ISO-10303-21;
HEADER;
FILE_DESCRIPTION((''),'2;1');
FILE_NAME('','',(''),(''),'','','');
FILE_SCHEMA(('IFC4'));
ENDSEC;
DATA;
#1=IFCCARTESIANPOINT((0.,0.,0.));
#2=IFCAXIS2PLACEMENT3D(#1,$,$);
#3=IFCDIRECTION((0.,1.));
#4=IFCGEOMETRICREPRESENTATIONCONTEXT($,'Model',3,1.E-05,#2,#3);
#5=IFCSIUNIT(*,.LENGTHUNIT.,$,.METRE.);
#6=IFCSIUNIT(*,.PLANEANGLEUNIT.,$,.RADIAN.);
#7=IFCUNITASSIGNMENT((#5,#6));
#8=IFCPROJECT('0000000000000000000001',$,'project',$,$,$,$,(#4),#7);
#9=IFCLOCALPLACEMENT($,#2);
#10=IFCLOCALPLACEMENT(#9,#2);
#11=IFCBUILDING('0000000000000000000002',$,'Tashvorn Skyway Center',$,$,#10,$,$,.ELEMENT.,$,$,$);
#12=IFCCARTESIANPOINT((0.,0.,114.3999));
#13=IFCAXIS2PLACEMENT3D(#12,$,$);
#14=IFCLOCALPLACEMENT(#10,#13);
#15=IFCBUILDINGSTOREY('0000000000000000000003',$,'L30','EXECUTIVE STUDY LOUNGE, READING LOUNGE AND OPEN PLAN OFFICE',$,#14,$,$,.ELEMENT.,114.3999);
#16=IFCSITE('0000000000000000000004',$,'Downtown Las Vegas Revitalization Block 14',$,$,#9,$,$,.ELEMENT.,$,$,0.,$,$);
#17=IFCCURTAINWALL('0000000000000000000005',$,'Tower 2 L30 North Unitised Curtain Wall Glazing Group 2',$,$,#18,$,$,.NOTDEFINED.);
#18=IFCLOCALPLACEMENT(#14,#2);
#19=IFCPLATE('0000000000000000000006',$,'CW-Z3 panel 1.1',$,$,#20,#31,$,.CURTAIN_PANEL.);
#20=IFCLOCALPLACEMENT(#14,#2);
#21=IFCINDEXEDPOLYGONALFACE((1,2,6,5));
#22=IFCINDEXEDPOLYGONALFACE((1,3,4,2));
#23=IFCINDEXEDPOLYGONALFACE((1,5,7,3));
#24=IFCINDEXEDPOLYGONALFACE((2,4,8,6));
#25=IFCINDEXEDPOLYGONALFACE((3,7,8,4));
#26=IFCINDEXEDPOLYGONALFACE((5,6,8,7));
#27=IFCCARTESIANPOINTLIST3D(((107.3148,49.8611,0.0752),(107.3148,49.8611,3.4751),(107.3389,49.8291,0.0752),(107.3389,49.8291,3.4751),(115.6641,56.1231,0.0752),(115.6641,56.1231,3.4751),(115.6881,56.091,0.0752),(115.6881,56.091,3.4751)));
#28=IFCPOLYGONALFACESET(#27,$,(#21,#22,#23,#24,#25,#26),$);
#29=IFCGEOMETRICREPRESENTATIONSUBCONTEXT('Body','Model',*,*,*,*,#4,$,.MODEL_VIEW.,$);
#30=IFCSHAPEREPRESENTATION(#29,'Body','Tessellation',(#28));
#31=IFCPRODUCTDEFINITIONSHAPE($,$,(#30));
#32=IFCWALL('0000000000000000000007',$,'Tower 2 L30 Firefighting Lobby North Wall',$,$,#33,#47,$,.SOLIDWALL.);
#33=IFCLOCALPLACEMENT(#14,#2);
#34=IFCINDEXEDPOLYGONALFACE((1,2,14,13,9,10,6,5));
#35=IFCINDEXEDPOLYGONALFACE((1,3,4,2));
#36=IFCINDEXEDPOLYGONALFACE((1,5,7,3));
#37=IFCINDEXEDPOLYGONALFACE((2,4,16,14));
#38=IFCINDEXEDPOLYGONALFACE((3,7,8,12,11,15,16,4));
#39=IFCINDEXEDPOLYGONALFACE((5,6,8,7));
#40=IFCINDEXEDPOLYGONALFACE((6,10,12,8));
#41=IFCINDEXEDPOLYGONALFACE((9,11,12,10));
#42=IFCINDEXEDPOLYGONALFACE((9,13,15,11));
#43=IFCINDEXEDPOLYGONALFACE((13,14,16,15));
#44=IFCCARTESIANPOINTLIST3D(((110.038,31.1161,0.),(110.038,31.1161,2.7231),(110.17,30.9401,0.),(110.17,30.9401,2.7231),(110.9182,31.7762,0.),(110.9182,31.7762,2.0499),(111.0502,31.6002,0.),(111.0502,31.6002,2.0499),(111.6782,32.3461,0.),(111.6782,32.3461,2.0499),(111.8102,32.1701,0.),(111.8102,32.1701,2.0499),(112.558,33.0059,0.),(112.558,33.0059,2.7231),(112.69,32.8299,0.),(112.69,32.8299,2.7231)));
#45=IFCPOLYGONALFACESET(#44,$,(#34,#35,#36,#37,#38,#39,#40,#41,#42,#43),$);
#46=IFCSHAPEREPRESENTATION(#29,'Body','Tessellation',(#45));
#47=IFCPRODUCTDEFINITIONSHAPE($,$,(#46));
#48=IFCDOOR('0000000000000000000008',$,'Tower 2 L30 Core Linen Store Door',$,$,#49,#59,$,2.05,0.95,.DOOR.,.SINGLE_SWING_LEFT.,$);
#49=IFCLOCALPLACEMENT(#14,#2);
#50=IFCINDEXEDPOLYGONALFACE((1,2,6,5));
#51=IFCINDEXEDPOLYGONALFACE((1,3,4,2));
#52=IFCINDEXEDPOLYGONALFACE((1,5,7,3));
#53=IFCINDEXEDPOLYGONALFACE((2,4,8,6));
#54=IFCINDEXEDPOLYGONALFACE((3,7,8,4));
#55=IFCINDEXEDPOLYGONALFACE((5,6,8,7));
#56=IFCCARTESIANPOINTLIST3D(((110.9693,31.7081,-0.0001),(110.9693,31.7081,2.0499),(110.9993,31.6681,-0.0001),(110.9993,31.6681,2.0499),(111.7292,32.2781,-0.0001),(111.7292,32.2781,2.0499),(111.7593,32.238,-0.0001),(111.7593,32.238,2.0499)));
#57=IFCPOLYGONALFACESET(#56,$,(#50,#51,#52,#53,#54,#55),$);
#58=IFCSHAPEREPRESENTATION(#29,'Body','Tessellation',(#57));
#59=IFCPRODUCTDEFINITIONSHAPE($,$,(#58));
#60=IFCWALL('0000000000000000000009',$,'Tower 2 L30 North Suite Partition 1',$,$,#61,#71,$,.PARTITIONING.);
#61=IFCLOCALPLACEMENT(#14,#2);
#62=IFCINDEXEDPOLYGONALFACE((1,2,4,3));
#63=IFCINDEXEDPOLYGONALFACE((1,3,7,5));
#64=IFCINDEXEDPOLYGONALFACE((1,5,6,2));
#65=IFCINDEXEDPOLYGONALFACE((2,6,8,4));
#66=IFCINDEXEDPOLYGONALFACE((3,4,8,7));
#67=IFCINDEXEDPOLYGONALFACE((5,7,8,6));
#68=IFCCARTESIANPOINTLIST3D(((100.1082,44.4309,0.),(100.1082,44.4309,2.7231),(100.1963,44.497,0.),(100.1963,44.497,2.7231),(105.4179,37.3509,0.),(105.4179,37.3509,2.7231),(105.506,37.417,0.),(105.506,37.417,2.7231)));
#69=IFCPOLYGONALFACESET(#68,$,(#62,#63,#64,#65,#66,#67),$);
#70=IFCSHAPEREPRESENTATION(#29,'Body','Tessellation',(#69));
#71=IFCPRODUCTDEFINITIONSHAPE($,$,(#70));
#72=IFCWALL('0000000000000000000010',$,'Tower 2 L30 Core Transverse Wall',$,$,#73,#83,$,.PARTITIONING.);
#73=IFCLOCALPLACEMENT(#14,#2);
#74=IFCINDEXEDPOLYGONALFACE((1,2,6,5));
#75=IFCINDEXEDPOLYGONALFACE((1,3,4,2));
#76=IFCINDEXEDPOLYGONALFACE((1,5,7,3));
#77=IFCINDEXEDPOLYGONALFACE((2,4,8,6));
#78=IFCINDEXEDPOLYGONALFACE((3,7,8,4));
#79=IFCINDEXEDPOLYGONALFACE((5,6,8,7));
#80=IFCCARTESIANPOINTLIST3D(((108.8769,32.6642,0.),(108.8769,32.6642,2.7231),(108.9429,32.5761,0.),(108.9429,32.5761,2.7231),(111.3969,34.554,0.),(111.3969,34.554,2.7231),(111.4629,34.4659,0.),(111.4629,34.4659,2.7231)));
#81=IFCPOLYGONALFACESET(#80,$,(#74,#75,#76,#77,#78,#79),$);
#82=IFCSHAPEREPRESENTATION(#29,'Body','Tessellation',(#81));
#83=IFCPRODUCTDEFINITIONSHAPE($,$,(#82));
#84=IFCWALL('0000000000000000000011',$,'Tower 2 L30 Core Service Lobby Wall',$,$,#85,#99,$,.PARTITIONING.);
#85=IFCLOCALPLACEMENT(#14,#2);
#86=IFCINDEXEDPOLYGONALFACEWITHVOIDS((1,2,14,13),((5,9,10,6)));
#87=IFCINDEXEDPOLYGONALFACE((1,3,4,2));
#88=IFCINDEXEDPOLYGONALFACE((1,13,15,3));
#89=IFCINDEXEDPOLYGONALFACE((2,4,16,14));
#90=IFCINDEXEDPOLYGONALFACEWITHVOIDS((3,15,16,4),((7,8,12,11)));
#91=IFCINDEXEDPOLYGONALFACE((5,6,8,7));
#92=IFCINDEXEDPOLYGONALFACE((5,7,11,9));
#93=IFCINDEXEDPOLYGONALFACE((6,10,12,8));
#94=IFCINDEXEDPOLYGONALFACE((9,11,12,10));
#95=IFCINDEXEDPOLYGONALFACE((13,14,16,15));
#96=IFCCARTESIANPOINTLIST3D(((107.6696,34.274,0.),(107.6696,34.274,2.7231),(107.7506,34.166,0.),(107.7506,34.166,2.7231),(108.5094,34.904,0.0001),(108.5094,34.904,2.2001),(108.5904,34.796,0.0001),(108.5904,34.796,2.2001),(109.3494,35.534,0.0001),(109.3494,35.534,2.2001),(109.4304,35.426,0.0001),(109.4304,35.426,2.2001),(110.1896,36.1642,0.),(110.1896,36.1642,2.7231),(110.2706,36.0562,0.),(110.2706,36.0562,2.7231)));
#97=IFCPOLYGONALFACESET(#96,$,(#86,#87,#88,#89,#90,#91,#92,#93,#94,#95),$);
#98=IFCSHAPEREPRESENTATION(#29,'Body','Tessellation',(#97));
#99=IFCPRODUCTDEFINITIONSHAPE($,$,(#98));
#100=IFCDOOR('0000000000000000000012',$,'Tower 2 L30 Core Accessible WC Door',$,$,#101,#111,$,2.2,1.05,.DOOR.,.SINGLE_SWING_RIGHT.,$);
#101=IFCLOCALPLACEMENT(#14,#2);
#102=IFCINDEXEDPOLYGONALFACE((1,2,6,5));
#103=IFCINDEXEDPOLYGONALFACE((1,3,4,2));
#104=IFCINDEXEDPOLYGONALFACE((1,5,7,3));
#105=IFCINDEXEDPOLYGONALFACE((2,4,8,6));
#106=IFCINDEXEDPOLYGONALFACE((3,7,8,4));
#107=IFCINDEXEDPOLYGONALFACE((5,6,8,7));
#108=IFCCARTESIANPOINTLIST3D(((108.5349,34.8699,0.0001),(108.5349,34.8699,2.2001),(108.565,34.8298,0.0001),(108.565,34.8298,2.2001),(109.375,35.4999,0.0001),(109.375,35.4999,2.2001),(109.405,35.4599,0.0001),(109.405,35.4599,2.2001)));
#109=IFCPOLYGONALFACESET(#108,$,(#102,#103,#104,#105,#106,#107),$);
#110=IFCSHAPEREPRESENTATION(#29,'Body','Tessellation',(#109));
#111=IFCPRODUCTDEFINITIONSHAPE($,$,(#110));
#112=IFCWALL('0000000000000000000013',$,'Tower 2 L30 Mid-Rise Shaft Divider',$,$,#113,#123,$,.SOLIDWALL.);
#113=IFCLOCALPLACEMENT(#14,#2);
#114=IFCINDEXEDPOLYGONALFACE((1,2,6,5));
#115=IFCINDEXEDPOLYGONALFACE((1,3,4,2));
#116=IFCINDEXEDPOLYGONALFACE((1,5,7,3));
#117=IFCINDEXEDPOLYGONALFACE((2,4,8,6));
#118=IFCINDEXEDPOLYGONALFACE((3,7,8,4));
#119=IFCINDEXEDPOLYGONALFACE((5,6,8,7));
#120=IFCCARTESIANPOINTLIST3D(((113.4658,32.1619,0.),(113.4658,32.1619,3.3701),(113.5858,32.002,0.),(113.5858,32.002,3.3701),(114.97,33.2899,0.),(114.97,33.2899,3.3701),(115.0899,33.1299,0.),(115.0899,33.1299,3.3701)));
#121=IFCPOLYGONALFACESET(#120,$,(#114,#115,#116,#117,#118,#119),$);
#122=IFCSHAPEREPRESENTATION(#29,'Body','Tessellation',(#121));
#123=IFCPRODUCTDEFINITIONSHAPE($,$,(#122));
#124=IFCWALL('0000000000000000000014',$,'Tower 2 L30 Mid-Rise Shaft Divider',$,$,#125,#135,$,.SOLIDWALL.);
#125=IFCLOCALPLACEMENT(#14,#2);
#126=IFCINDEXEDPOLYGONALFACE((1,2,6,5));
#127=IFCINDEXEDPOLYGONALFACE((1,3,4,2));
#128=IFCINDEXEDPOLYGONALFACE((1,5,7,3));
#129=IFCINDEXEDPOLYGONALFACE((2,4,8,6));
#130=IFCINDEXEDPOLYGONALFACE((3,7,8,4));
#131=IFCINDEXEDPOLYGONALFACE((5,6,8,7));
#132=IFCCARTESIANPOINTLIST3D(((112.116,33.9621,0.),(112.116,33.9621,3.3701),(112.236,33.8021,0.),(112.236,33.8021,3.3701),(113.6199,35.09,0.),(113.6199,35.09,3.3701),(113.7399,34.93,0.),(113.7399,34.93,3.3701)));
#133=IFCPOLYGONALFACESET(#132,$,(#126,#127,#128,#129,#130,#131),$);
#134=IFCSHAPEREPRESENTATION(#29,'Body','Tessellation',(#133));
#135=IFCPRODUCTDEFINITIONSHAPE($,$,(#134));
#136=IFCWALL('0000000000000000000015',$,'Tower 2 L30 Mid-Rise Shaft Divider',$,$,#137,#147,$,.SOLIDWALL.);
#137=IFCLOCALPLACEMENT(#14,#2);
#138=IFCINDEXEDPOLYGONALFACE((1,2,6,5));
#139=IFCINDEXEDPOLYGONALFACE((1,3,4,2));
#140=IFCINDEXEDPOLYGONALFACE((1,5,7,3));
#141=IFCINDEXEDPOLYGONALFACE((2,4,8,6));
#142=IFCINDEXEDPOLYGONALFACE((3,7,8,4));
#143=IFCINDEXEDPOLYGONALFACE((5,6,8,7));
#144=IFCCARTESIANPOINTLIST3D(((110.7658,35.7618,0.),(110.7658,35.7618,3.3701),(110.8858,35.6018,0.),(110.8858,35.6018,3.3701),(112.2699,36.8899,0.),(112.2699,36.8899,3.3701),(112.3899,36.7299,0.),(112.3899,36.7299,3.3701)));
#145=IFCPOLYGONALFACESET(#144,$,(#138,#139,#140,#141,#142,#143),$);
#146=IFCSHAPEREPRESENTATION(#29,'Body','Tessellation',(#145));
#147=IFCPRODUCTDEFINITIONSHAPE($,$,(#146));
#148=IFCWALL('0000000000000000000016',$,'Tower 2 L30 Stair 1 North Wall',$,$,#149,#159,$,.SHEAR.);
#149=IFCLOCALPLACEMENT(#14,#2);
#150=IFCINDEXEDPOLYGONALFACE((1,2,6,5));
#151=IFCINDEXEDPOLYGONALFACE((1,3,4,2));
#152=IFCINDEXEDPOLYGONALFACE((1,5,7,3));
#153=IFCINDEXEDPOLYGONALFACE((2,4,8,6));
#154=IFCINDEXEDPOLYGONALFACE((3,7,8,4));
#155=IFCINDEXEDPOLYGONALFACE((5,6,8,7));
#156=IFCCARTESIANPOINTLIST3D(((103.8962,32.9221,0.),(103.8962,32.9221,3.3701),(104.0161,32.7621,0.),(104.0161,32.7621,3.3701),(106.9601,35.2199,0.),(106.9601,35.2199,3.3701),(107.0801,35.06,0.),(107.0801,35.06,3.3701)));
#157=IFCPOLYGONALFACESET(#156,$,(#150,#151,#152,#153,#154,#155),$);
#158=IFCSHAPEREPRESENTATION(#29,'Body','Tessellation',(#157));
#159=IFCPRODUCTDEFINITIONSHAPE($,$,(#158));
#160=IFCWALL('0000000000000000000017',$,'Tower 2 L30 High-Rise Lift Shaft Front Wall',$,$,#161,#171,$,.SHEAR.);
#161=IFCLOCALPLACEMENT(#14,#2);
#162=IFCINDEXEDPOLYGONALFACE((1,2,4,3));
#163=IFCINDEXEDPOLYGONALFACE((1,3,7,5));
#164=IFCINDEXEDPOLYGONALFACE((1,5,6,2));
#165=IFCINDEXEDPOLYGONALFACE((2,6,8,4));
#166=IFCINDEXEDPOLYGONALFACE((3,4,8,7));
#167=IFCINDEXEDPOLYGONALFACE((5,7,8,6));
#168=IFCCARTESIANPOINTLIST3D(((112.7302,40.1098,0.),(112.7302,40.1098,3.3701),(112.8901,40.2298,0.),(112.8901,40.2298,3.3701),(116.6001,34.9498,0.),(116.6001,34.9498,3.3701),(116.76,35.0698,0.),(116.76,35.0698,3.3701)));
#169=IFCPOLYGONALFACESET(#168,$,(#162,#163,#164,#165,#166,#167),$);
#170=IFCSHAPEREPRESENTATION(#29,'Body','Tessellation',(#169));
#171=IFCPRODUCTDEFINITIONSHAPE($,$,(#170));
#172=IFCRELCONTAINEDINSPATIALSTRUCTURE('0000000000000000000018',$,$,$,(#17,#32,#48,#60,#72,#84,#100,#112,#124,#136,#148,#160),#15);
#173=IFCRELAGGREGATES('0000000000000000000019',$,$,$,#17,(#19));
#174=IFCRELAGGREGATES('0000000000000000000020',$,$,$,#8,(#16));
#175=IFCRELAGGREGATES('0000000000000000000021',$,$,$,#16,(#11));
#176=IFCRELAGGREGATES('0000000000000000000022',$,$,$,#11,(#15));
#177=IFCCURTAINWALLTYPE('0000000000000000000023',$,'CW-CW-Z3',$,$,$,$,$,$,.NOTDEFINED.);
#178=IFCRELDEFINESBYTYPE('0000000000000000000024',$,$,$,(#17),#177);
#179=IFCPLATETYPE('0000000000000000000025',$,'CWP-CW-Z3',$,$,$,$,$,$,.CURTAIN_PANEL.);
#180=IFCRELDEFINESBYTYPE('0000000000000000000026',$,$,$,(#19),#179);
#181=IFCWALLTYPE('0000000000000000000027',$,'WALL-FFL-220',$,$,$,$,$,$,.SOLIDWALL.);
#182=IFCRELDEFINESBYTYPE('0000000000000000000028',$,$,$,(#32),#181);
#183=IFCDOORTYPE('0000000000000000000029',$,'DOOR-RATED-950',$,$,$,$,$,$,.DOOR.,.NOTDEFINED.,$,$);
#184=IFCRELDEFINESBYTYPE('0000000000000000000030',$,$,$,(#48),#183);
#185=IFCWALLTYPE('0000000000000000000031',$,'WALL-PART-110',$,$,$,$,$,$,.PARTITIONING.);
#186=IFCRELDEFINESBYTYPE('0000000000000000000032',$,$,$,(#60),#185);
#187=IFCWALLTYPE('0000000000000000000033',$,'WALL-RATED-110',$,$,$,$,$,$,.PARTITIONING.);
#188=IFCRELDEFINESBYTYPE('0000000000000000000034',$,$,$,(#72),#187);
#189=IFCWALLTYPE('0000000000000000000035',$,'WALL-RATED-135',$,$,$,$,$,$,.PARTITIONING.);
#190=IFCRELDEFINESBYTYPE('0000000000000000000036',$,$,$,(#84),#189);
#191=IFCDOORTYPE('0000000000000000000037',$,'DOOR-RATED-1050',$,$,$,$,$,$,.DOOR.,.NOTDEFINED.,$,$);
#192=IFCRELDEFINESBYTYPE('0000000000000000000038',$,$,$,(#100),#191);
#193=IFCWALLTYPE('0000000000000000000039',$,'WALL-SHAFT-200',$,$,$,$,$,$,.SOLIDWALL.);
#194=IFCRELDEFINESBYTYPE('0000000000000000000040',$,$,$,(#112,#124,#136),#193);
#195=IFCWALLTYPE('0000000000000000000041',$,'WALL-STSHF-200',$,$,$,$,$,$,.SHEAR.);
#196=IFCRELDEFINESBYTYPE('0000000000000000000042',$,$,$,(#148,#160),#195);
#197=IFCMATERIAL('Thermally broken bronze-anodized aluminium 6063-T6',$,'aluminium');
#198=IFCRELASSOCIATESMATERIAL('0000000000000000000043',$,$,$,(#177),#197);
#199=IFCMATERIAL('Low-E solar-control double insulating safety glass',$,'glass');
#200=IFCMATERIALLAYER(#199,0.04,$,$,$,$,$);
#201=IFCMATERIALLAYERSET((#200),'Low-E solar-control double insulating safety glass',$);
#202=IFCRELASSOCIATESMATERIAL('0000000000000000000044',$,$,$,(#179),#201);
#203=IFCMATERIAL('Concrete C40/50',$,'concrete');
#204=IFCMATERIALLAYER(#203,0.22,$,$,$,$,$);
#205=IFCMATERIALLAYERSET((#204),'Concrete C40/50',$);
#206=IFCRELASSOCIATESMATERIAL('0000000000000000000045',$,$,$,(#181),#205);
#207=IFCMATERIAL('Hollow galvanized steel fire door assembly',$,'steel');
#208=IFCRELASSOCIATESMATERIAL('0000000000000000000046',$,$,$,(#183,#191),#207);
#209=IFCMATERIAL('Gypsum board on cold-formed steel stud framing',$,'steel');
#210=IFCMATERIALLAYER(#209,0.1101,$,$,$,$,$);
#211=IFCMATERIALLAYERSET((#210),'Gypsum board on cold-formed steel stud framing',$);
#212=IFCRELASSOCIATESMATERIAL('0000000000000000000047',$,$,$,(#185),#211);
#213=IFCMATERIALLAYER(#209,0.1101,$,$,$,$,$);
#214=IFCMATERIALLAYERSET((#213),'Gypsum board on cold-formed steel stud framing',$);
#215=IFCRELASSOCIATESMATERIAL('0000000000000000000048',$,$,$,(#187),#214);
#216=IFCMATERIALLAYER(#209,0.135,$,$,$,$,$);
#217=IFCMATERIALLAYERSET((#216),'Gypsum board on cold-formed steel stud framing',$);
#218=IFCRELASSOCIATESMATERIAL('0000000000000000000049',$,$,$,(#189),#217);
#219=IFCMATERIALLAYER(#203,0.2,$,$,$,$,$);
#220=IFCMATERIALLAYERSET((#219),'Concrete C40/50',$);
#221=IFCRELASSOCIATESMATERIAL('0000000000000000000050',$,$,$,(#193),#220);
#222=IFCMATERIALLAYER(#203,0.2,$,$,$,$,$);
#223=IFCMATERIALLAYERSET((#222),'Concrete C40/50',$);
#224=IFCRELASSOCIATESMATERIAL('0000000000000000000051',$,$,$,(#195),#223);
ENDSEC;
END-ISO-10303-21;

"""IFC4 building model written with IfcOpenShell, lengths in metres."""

from ifc_helpers import new_model, si_unit, direction, frame, frame_2d, origin, origin_2d, place, context, subcontext, project, spatial, rectangle, extrude, material, layer, layer_set, type_object, element, fill, aggregate, save


model = new_model("IFC4")

# Units and contexts
model_context = context("Model", 3, precision=1e-05, world=origin(), true_north=direction((0.0, 1.0)))
body_context = subcontext(model_context, "Body", "Model", "MODEL_VIEW")
ifc_project = project(units=[si_unit("LENGTHUNIT", "METRE"), si_unit("PLANEANGLEUNIT", "RADIAN")], contexts=[model_context])

# Site, building, storey
site_placement = place(None, origin())
site = spatial("IfcSite", under=ifc_project, at=site_placement, Name="Downtown Las Vegas Revitalization Block 14", CompositionType="ELEMENT", RefElevation=0.0)
building_placement = place(site_placement, origin())
building = spatial("IfcBuilding", under=site, at=building_placement, Name="Tashvorn Skyway Center", CompositionType="ELEMENT")
storey_placement = place(building_placement, frame((0.0, 0.0, 114.3999)))
storey = spatial("IfcBuildingStorey", under=building, at=storey_placement, Name="L30", Description="EXECUTIVE STUDY LOUNGE, READING LOUNGE AND OPEN PLAN OFFICE", CompositionType="ELEMENT", Elevation=114.3999)

# Curtain wall, plate
ifc_material_1 = material(Name="Thermally broken bronze-anodized aluminium 6063-T6", Category="aluminium")
curtain_wall_type = type_object("IfcCurtainWallType", Name="CW-CW-Z3", PredefinedType="NOTDEFINED", material=ifc_material_1)
curtain_wall_placement = place(storey_placement, origin())
curtain_wall = element("IfcCurtainWall", 1, at=curtain_wall_placement, inside=storey, type_object=curtain_wall_type, Name="Tower 2 L30 North Unitised Curtain Wall Glazing Group 2", PredefinedType="NOTDEFINED")
ifc_material_2 = material(Name="Low-E solar-control double insulating safety glass", Category="glass")
ifc_layer_1 = layer(ifc_material_2, 0.04)
ifc_layer_set_1 = layer_set([ifc_layer_1], Name="Low-E solar-control double insulating safety glass")
plate_type = type_object("IfcPlateType", Name="CWP-CW-Z3", PredefinedType="CURTAIN_PANEL", material=ifc_layer_set_1)
plate_placement = place(storey_placement, frame((111.5015, 52.9761, 0.0752), z_axis=(0.0, 0.0, 1.0), x_axis=(0.799999, 0.600002, 0.0)))
plate = element("IfcPlate", 2, at=plate_placement, type_object=plate_type, Name="CW-Z3 panel 1.1", PredefinedType="CURTAIN_PANEL", context=body_context, shape_type="SweptSolid", body=[
    extrude(rectangle(XDim=10.4365, YDim=0.04, at=origin_2d()), origin(), (0.0, 0.0, 1.0), 3.3999),
])
aggregate(curtain_wall, [plate])

# Wall, opening, door
ifc_material_3 = material(Name="Concrete C40/50", Category="concrete")
ifc_layer_2 = layer(ifc_material_3, 0.22)
ifc_layer_set_2 = layer_set([ifc_layer_2], Name="Concrete C40/50")
wall_type_1 = type_object("IfcWallType", Name="WALL-FFL-220", PredefinedType="SOLIDWALL", material=ifc_layer_set_2)
wall_1_placement = place(storey_placement, frame((110.104, 31.0281, 0.0), z_axis=(0.0, 0.0, 1.0), x_axis=(0.800019, 0.599975, 0.0)))
wall_1 = element("IfcWall", 3, at=wall_1_placement, inside=storey, type_object=wall_type_1, Name="Tower 2 L30 Firefighting Lobby North Wall", PredefinedType="SOLIDWALL", context=body_context, shape_type="SweptSolid", body=[
    extrude(rectangle(XDim=3.1499, YDim=0.22, at=frame_2d((1.575, 0.0))), origin(), (0.0, 0.0, 1.0), 2.7231),
])
opening_1_placement = place(wall_1_placement, frame((1.1001, 0.0, 0.0)))
opening_1 = element("IfcOpeningElement", 4, at=opening_1_placement, cuts=wall_1, PredefinedType="OPENING", context=body_context, shape_type="SweptSolid", body=[
    extrude(rectangle(XDim=0.95, YDim=2.05, at=frame_2d((0.4751, 1.0249))), frame((0.0, 0.1199, 0.0), z_axis=(0.0, -1.0, 0.0), x_axis=(1.0, 0.0, 0.0)), (0.0, 0.0, 1.0), 0.24),
])
ifc_material_4 = material(Name="Hollow galvanized steel fire door assembly", Category="steel")
door_type_1 = type_object("IfcDoorType", Name="DOOR-RATED-950", OperationType="NOTDEFINED", PredefinedType="DOOR", material=ifc_material_4)
door_1_placement = place(opening_1_placement, origin())
door_1 = element("IfcDoor", 5, at=door_1_placement, inside=storey, type_object=door_type_1, Name="Tower 2 L30 Core Linen Store Door", OperationType="SINGLE_SWING_LEFT", OverallHeight=2.05, OverallWidth=0.95, PredefinedType="DOOR", context=body_context, shape_type="SweptSolid", body=[
    extrude(rectangle(XDim=0.95, YDim=2.05, at=frame_2d((0.4751, 1.0249))), frame((0.0, 0.0249, 0.0), z_axis=(0.0, -1.0, 0.0), x_axis=(1.0, 0.0, 0.0)), (0.0, 0.0, 1.0), 0.05),
])
fill(opening_1, door_1)

# Walls
ifc_material_5 = material(Name="Gypsum board on cold-formed steel stud framing", Category="steel")
ifc_layer_3 = layer(ifc_material_5, 0.1101)
ifc_layer_set_3 = layer_set([ifc_layer_3], Name="Gypsum board on cold-formed steel stud framing")
wall_type_2 = type_object("IfcWallType", Name="WALL-PART-110", PredefinedType="PARTITIONING", material=ifc_layer_set_3)
wall_2_placement = place(storey_placement, frame((105.4619, 37.384, 0.0), z_axis=(0.0, 0.0, 1.0), x_axis=(-0.599982, 0.800013, 0.0)))
element("IfcWall", 6, at=wall_2_placement, inside=storey, type_object=wall_type_2, Name="Tower 2 L30 North Suite Partition 1", PredefinedType="PARTITIONING", context=body_context, shape_type="SweptSolid", body=[
    extrude(rectangle(XDim=8.8499, YDim=0.1101, at=frame_2d((4.4248, 0.0))), origin(), (0.0, 0.0, 1.0), 2.7231),
])
ifc_layer_4 = layer(ifc_material_5, 0.1101)
ifc_layer_set_4 = layer_set([ifc_layer_4], Name="Gypsum board on cold-formed steel stud framing")
wall_type_3 = type_object("IfcWallType", Name="WALL-RATED-110", PredefinedType="PARTITIONING", material=ifc_layer_set_4)
wall_3_placement = place(storey_placement, frame((108.9099, 32.6201, 0.0), z_axis=(0.0, 0.0, 1.0), x_axis=(0.800019, 0.599975, 0.0)))
element("IfcWall", 7, at=wall_3_placement, inside=storey, type_object=wall_type_3, Name="Tower 2 L30 Core Transverse Wall", PredefinedType="PARTITIONING", context=body_context, shape_type="SweptSolid", body=[
    extrude(rectangle(XDim=3.1499, YDim=0.1101, at=frame_2d((1.575, 0.0))), origin(), (0.0, 0.0, 1.0), 2.7231),
])

# Wall, opening, door
ifc_layer_5 = layer(ifc_material_5, 0.135)
ifc_layer_set_5 = layer_set([ifc_layer_5], Name="Gypsum board on cold-formed steel stud framing")
wall_type_4 = type_object("IfcWallType", Name="WALL-RATED-135", PredefinedType="PARTITIONING", material=ifc_layer_set_5)
wall_4_placement = place(storey_placement, frame((107.71, 34.22, 0.0), z_axis=(0.0, 0.0, 1.0), x_axis=(0.799981, 0.600025, 0.0)))
wall_4 = element("IfcWall", 8, at=wall_4_placement, inside=storey, type_object=wall_type_4, Name="Tower 2 L30 Core Service Lobby Wall", PredefinedType="PARTITIONING", context=body_context, shape_type="SweptSolid", body=[
    extrude(rectangle(XDim=3.1501, YDim=0.135, at=frame_2d((1.5752, 0.0))), origin(), (0.0, 0.0, 1.0), 2.7231),
])
opening_2_placement = place(wall_4_placement, frame((1.05, 0.0, 0.0)))
opening_2 = element("IfcOpeningElement", 9, at=opening_2_placement, cuts=wall_4, PredefinedType="OPENING", context=body_context, shape_type="SweptSolid", body=[
    extrude(rectangle(XDim=1.05, YDim=2.2, at=frame_2d((0.5249, 1.1001))), frame((0.0, 0.0774, 0.0), z_axis=(0.0, -1.0, 0.0), x_axis=(1.0, 0.0, 0.0)), (0.0, 0.0, 1.0), 0.155),
])
door_type_2 = type_object("IfcDoorType", Name="DOOR-RATED-1050", OperationType="NOTDEFINED", PredefinedType="DOOR", material=ifc_material_4)
door_2_placement = place(opening_2_placement, origin())
door_2 = element("IfcDoor", 10, at=door_2_placement, inside=storey, type_object=door_type_2, Name="Tower 2 L30 Core Accessible WC Door", OperationType="SINGLE_SWING_RIGHT", OverallHeight=2.2, OverallWidth=1.05, PredefinedType="DOOR", context=body_context, shape_type="SweptSolid", body=[
    extrude(rectangle(XDim=1.05, YDim=2.2, at=frame_2d((0.5249, 1.1001))), frame((0.0, 0.0249, 0.0), z_axis=(0.0, -1.0, 0.0), x_axis=(1.0, 0.0, 0.0)), (0.0, 0.0, 1.0), 0.05),
])
fill(opening_2, door_2)

# Walls
ifc_layer_6 = layer(ifc_material_3, 0.2)
ifc_layer_set_6 = layer_set([ifc_layer_6], Name="Concrete C40/50")
wall_type_5 = type_object("IfcWallType", Name="WALL-SHAFT-200", PredefinedType="SOLIDWALL", material=ifc_layer_set_6)
wall_5_placement = place(storey_placement, frame((113.5259, 32.082, 0.0), z_axis=(0.0, 0.0, 1.0), x_axis=(0.800047, 0.599938, 0.0)))
element("IfcWall", 11, at=wall_5_placement, inside=storey, type_object=wall_type_5, Name="Tower 2 L30 Mid-Rise Shaft Divider", PredefinedType="SOLIDWALL", context=body_context, shape_type="SweptSolid", body=[
    extrude(rectangle(XDim=1.8801, YDim=0.2, at=frame_2d((0.9399, 0.0))), origin(), (0.0, 0.0, 1.0), 3.3701),
])
wall_6_placement = place(storey_placement, frame((112.176, 33.8821, 0.0), z_axis=(0.0, 0.0, 1.0), x_axis=(0.8, 0.6, 0.0)))
element("IfcWall", 12, at=wall_6_placement, inside=storey, type_object=wall_type_5, Name="Tower 2 L30 Mid-Rise Shaft Divider", PredefinedType="SOLIDWALL", context=body_context, shape_type="SweptSolid", body=[
    extrude(rectangle(XDim=1.8799, YDim=0.2, at=frame_2d((0.9399, 0.0))), origin(), (0.0, 0.0, 1.0), 3.3701),
])
wall_7_placement = place(storey_placement, frame((110.8259, 35.6819, 0.0), z_axis=(0.0, 0.0, 1.0), x_axis=(0.799984, 0.600021, 0.0)))
element("IfcWall", 13, at=wall_7_placement, inside=storey, type_object=wall_type_5, Name="Tower 2 L30 Mid-Rise Shaft Divider", PredefinedType="SOLIDWALL", context=body_context, shape_type="SweptSolid", body=[
    extrude(rectangle(XDim=1.8801, YDim=0.2, at=frame_2d((0.9399, 0.0))), origin(), (0.0, 0.0, 1.0), 3.3701),
])
ifc_layer_7 = layer(ifc_material_3, 0.2)
ifc_layer_set_7 = layer_set([ifc_layer_7], Name="Concrete C40/50")
wall_type_6 = type_object("IfcWallType", Name="WALL-STSHF-200", PredefinedType="SHEAR", material=ifc_layer_set_7)
wall_8_placement = place(storey_placement, frame((103.9561, 32.842, 0.0), z_axis=(0.0, 0.0, 1.0), x_axis=(0.800015, 0.59998, 0.0)))
element("IfcWall", 14, at=wall_8_placement, inside=storey, type_object=wall_type_6, Name="Tower 2 L30 Stair 1 North Wall", PredefinedType="SHEAR", context=body_context, shape_type="SweptSolid", body=[
    extrude(rectangle(XDim=3.8298, YDim=0.2, at=frame_2d((1.915, 0.0))), origin(), (0.0, 0.0, 1.0), 3.3701),
])
wall_9_placement = place(storey_placement, frame((112.8101, 40.1699, 0.0), z_axis=(0.0, 0.0, 1.0), x_axis=(0.599994, -0.800005, 0.0)))
element("IfcWall", 15, at=wall_9_placement, inside=storey, type_object=wall_type_6, Name="Tower 2 L30 High-Rise Lift Shaft Front Wall", PredefinedType="SHEAR", context=body_context, shape_type="SweptSolid", body=[
    extrude(rectangle(XDim=6.45, YDim=0.2, at=frame_2d((3.2251, 0.0))), origin(), (0.0, 0.0, 1.0), 3.3701),
])

save(model, "model.ifc")
